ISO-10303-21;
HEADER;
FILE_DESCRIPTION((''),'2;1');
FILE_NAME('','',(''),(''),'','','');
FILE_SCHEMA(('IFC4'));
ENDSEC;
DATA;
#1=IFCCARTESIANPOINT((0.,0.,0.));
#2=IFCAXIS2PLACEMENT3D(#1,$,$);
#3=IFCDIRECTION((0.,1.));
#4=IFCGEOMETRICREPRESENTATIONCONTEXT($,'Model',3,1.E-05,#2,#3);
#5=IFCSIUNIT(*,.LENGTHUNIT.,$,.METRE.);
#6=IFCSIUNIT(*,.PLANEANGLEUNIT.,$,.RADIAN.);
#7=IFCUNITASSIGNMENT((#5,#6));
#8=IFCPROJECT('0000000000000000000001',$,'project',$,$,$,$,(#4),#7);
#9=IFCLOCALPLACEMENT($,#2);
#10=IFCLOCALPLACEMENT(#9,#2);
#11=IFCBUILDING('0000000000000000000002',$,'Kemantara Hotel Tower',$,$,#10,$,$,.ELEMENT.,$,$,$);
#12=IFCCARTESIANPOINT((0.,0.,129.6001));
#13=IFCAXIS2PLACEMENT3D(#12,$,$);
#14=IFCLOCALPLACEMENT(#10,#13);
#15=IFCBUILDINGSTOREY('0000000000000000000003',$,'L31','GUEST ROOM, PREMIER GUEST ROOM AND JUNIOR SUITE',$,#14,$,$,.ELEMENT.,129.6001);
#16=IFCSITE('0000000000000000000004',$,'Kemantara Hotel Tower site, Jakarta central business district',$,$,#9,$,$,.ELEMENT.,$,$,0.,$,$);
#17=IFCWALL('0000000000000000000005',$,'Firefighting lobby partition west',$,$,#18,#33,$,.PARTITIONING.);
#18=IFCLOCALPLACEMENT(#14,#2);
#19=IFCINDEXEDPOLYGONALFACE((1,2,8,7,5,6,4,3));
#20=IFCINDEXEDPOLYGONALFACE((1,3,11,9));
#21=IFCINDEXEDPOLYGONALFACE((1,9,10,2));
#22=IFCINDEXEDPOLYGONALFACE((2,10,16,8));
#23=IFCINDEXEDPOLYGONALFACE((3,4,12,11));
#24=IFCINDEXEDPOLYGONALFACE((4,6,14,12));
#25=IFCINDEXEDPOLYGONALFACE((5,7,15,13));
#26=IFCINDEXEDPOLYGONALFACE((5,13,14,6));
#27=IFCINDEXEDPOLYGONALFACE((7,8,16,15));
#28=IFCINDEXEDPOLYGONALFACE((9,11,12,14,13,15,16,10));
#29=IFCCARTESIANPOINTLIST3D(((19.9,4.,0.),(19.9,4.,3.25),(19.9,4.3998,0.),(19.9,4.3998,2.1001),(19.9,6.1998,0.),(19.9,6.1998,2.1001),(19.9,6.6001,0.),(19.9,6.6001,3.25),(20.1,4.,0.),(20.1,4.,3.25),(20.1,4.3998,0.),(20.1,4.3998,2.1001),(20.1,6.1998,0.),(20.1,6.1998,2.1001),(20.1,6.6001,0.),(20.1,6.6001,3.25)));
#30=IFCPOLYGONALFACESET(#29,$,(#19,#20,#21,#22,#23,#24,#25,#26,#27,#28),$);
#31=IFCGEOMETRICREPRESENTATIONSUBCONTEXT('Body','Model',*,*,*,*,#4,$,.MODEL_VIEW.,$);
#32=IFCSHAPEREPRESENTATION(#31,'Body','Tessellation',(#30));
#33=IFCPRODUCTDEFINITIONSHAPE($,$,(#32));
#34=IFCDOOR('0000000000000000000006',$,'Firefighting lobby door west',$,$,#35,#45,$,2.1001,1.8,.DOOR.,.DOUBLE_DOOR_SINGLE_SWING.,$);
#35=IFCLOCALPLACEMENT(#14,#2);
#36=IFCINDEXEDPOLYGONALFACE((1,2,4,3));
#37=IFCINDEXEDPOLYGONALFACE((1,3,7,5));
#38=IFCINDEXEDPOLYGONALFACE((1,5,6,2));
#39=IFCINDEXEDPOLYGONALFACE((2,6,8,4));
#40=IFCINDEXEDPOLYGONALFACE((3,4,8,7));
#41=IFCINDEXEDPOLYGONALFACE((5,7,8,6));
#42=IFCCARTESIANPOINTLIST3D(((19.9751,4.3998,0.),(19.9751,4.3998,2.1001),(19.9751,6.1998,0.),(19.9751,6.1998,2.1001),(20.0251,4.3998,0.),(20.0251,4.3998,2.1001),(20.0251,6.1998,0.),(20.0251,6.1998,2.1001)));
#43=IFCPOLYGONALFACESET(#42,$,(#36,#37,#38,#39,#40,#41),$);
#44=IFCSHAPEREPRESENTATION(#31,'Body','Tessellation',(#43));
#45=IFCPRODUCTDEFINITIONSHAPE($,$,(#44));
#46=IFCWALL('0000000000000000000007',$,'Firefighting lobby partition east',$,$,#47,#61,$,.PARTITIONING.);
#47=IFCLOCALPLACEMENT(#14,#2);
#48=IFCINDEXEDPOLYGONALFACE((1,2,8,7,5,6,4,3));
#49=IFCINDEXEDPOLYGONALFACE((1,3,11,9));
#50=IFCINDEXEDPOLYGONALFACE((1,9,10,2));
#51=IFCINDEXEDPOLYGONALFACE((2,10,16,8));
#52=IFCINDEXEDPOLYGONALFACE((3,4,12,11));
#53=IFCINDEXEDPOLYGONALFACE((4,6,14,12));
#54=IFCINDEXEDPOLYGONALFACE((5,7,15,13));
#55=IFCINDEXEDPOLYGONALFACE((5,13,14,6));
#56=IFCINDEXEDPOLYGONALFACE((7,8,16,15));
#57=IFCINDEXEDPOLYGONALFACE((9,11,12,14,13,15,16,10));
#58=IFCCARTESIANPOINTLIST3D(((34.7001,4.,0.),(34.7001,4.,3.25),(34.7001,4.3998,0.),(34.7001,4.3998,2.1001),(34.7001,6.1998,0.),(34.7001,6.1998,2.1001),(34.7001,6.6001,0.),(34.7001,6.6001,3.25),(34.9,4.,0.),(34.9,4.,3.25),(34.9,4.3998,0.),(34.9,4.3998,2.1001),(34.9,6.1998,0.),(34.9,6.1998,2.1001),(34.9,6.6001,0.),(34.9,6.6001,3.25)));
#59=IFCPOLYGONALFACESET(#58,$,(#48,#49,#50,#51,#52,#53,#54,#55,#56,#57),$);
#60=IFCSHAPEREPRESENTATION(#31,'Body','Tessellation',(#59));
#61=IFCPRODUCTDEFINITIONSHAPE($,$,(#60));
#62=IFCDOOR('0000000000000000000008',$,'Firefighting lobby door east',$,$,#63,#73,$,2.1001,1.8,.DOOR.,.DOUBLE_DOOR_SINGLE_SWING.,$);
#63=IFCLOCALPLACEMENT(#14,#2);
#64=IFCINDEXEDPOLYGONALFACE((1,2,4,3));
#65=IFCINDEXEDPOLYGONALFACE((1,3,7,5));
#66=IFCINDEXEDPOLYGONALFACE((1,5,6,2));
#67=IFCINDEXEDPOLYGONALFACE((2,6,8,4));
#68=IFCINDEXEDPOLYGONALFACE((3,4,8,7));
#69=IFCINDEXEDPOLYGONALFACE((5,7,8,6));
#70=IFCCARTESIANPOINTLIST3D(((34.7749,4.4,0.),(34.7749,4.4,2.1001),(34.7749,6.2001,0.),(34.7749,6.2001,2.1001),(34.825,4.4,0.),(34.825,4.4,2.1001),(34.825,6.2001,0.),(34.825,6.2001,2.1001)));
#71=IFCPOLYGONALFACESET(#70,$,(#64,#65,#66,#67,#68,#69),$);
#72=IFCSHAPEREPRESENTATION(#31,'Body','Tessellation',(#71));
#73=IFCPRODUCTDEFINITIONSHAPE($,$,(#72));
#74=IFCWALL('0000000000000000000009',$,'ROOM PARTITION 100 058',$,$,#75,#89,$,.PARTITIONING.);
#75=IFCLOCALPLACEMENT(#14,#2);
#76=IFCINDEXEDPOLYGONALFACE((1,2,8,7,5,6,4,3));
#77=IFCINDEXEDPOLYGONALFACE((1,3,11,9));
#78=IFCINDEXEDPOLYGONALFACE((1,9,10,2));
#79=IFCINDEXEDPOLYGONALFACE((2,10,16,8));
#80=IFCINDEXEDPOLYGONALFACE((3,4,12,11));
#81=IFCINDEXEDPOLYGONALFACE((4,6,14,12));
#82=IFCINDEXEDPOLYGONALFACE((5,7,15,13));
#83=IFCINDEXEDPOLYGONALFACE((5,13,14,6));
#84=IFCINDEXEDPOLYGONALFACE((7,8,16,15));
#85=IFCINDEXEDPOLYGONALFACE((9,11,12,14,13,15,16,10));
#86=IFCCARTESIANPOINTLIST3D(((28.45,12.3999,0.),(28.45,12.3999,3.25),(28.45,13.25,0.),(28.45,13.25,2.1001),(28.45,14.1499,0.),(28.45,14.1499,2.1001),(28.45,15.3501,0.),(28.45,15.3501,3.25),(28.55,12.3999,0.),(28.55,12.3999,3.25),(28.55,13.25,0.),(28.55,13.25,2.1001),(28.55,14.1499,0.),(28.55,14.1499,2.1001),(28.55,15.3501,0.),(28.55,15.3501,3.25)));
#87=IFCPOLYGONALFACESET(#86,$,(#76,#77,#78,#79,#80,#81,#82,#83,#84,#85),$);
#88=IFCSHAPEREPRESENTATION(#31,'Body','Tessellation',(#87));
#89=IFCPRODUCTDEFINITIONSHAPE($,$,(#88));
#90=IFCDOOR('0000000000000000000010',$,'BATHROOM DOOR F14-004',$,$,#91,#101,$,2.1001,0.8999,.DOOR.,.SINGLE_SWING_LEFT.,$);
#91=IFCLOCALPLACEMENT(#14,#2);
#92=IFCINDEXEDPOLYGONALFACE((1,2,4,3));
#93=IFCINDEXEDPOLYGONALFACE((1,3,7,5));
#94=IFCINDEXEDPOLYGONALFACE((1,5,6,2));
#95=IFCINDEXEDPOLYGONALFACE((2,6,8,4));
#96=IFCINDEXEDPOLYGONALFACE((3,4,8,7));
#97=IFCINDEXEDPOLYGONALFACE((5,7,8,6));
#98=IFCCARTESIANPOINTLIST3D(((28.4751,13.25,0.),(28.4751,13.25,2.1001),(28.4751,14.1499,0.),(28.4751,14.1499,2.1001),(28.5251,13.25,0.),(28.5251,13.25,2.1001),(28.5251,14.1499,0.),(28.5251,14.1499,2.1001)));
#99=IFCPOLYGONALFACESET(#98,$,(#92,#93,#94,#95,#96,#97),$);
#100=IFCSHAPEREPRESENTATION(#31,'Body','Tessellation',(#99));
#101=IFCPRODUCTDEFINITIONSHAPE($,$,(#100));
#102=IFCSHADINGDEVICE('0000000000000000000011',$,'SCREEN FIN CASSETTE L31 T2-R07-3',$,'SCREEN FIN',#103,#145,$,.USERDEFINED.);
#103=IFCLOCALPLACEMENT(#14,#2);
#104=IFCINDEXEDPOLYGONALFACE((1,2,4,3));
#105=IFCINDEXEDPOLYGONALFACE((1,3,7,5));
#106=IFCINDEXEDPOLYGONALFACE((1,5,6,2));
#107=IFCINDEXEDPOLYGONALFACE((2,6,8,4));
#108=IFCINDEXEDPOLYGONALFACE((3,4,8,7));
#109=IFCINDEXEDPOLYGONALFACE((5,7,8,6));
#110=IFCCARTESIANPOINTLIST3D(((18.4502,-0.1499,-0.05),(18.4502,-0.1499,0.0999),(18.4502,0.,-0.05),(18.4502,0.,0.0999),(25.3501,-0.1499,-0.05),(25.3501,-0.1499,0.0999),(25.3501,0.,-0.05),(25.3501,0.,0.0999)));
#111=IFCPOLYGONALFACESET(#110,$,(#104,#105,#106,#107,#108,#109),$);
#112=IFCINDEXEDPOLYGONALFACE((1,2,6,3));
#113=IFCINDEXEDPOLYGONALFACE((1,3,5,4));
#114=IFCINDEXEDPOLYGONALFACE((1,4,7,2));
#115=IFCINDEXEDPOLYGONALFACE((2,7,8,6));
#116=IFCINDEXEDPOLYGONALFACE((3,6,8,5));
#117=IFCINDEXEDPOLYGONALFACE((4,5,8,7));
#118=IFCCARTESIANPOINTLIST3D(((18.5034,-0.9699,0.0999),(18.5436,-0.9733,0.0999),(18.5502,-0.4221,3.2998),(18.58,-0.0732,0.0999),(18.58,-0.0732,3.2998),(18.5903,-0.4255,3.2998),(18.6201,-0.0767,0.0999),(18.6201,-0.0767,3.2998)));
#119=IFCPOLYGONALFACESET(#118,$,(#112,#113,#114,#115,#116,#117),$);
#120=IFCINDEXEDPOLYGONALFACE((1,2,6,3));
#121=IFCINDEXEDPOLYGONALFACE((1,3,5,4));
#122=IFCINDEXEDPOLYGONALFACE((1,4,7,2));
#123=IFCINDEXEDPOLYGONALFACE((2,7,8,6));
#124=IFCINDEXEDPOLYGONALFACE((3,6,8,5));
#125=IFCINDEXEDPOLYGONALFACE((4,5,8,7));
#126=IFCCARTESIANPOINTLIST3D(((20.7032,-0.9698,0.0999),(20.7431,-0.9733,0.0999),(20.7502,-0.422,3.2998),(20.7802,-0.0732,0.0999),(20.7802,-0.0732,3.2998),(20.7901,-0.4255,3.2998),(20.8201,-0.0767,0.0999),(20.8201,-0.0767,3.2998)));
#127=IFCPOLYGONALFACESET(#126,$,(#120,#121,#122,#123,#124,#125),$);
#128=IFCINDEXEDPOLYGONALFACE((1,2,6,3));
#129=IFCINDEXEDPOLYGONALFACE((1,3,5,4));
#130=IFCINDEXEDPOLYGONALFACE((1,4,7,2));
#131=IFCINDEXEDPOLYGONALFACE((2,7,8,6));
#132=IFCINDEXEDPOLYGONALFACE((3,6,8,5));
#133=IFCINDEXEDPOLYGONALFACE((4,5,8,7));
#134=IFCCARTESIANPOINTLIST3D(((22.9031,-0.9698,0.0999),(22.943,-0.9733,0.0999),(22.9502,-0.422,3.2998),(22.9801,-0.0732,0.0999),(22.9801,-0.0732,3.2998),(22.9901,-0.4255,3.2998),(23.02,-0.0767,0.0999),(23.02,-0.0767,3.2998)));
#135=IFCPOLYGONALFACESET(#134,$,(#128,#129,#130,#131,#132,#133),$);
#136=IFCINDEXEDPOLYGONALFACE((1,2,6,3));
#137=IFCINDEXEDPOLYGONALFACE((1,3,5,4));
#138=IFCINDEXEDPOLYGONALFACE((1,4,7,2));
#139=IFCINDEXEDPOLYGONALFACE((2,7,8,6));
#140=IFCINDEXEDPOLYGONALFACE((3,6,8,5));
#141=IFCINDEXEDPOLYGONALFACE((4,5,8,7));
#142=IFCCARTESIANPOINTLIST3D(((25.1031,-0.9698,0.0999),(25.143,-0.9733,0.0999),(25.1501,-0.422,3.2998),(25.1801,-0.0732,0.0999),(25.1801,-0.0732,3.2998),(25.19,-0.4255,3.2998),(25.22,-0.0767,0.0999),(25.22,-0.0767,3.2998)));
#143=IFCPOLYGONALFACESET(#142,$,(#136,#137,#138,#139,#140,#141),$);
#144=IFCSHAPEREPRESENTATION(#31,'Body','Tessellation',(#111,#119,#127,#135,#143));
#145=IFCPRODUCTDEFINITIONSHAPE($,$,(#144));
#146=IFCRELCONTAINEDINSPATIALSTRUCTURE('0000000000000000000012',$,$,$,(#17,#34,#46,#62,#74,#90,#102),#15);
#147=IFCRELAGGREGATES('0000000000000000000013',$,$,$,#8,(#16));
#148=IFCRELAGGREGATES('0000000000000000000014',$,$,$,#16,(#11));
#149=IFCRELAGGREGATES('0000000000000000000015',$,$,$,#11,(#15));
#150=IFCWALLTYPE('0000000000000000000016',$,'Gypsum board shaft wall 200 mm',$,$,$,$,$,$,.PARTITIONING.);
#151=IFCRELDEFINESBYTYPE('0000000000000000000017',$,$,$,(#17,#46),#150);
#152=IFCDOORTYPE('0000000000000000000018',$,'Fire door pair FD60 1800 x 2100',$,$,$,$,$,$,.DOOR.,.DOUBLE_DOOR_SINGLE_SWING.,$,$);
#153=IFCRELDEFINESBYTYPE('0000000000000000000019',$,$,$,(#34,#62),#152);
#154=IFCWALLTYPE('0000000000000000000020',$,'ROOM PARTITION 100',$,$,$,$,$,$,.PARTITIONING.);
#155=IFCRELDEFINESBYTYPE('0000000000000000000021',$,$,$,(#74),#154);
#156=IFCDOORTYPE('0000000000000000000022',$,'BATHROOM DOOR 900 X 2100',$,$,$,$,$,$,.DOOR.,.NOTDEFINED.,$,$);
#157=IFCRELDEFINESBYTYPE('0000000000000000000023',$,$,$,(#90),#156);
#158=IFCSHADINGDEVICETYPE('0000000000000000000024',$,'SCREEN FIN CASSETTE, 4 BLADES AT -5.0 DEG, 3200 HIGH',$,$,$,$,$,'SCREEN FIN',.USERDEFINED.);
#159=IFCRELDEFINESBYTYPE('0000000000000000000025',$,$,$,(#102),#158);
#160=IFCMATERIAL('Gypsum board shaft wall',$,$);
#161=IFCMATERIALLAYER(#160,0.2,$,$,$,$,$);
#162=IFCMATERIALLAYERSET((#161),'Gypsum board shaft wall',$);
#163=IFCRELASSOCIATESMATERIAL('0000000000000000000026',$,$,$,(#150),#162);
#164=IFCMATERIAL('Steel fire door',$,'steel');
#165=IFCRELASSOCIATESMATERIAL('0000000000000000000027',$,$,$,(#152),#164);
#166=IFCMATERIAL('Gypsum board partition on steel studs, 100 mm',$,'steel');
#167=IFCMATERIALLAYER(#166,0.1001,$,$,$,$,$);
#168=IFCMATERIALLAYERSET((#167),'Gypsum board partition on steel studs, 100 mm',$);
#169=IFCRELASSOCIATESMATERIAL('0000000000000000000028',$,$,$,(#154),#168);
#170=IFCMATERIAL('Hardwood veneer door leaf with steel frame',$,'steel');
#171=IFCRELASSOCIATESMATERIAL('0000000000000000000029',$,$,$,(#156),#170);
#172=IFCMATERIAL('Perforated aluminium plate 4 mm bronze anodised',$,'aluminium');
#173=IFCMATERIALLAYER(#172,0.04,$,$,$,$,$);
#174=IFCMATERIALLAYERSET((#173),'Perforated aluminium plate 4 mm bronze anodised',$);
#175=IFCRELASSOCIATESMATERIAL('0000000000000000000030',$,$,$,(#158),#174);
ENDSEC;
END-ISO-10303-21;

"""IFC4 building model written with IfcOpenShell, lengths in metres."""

from ifc_helpers import new_model, si_unit, direction, frame, frame_2d, origin, origin_2d, place, context, subcontext, project, spatial, polyline, rectangle, outline, extrude, source, transform, mapped, material, layer, layer_set, type_object, element, fill, save


model = new_model("IFC4")

# Units and contexts
model_context = context("Model", 3, precision=1e-05, world=origin(), true_north=direction((0.0, 1.0)))
body_context = subcontext(model_context, "Body", "Model", "MODEL_VIEW")
ifc_project = project(units=[si_unit("LENGTHUNIT", "METRE"), si_unit("PLANEANGLEUNIT", "RADIAN")], contexts=[model_context])

# Site, building, storey
site_placement = place(None, origin())
site = spatial("IfcSite", under=ifc_project, at=site_placement, Name="Kemantara Hotel Tower site, Jakarta central business district", CompositionType="ELEMENT", RefElevation=0.0)
building_placement = place(site_placement, origin())
building = spatial("IfcBuilding", under=site, at=building_placement, Name="Kemantara Hotel Tower", CompositionType="ELEMENT")
storey_placement = place(building_placement, frame((0.0, 0.0, 129.6001)))
storey = spatial("IfcBuildingStorey", under=building, at=storey_placement, Name="L31", Description="GUEST ROOM, PREMIER GUEST ROOM AND JUNIOR SUITE", CompositionType="ELEMENT", Elevation=129.6001)

# Shared definitions
ifc_material_1 = material(Name="Steel fire door", Category="steel")

# Shared definitions
ifc_material_2 = material(Name="Hardwood veneer door leaf with steel frame", Category="steel")

# Walls, openings, doors
ifc_material_3 = material(Name="Gypsum board shaft wall")
ifc_layer_1 = layer(ifc_material_3, 0.2)
ifc_layer_set_1 = layer_set([ifc_layer_1], Name="Gypsum board shaft wall")
wall_type_1 = type_object("IfcWallType", Name="Gypsum board shaft wall 200 mm", PredefinedType="PARTITIONING", material=ifc_layer_set_1)
wall_1_placement = place(storey_placement, frame((20.0, 4.0, 0.0), z_axis=(0.0, 0.0, 1.0), x_axis=(0.0, 1.0, 0.0)))
wall_1 = element("IfcWall", 1, at=wall_1_placement, inside=storey, type_object=wall_type_1, Name="Firefighting lobby partition west", PredefinedType="PARTITIONING", context=body_context, shape_type="SweptSolid", body=[
    extrude(rectangle(XDim=2.6001, YDim=0.2, at=frame_2d((1.3, 0.0))), origin(), (0.0, 0.0, 1.0), 3.25),
])
opening_1_placement = place(wall_1_placement, frame((0.3999, 0.0, 0.0)))
opening_1 = element("IfcOpeningElement", 2, at=opening_1_placement, cuts=wall_1, PredefinedType="OPENING", context=body_context, shape_type="SweptSolid", body=[
    extrude(rectangle(XDim=1.8, YDim=2.1001, at=frame_2d((0.8999, 1.05))), frame((0.0, 0.1099, 0.0), z_axis=(0.0, -1.0, 0.0), x_axis=(1.0, 0.0, 0.0)), (0.0, 0.0, 1.0), 0.22),
])
door_type_1 = type_object("IfcDoorType", Name="Fire door pair FD60 1800 x 2100", OperationType="DOUBLE_DOOR_SINGLE_SWING", PredefinedType="DOOR", material=ifc_material_1)
door_1_placement = place(opening_1_placement, origin())
door_1 = element("IfcDoor", 3, at=door_1_placement, inside=storey, type_object=door_type_1, Name="Firefighting lobby door west", OperationType="DOUBLE_DOOR_SINGLE_SWING", OverallHeight=2.1001, OverallWidth=1.8, PredefinedType="DOOR", context=body_context, shape_type="SweptSolid", body=[
    extrude(rectangle(XDim=1.8, YDim=2.1001, at=frame_2d((0.8999, 1.05))), frame((0.0, 0.0249, 0.0), z_axis=(0.0, -1.0, 0.0), x_axis=(1.0, 0.0, 0.0)), (0.0, 0.0, 1.0), 0.05),
])
fill(opening_1, door_1)
wall_2_placement = place(storey_placement, frame((34.8, 4.0, 0.0), z_axis=(0.0, 0.0, 1.0), x_axis=(0.0, 1.0, 0.0)))
wall_2 = element("IfcWall", 4, at=wall_2_placement, inside=storey, type_object=wall_type_1, Name="Firefighting lobby partition east", PredefinedType="PARTITIONING", context=body_context, shape_type="SweptSolid", body=[
    extrude(rectangle(XDim=2.6001, YDim=0.2, at=frame_2d((1.3, 0.0))), origin(), (0.0, 0.0, 1.0), 3.25),
])
opening_2_placement = place(wall_2_placement, frame((0.3999, 0.0, 0.0)))
opening_2 = element("IfcOpeningElement", 5, at=opening_2_placement, cuts=wall_2, PredefinedType="OPENING", context=body_context, shape_type="SweptSolid", body=[
    extrude(rectangle(XDim=1.8, YDim=2.1001, at=frame_2d((0.8999, 1.05))), frame((0.0, 0.1099, 0.0), z_axis=(0.0, -1.0, 0.0), x_axis=(1.0, 0.0, 0.0)), (0.0, 0.0, 1.0), 0.22),
])
door_2_placement = place(opening_2_placement, frame((1.8, 0.0, 0.0), z_axis=(0.0, 0.0, 1.0), x_axis=(-1.0, 0.0, 0.0)))
door_2 = element("IfcDoor", 6, at=door_2_placement, inside=storey, type_object=door_type_1, Name="Firefighting lobby door east", OperationType="DOUBLE_DOOR_SINGLE_SWING", OverallHeight=2.1001, OverallWidth=1.8, PredefinedType="DOOR", context=body_context, shape_type="SweptSolid", body=[
    extrude(rectangle(XDim=1.8, YDim=2.1001, at=frame_2d((0.8999, 1.05))), frame((0.0, 0.0249, 0.0), z_axis=(0.0, -1.0, 0.0), x_axis=(1.0, 0.0, 0.0)), (0.0, 0.0, 1.0), 0.05),
])
fill(opening_2, door_2)
ifc_material_4 = material(Name="Gypsum board partition on steel studs, 100 mm", Category="steel")
ifc_layer_2 = layer(ifc_material_4, 0.1001)
ifc_layer_set_2 = layer_set([ifc_layer_2], Name="Gypsum board partition on steel studs, 100 mm")
wall_type_2 = type_object("IfcWallType", Name="ROOM PARTITION 100", PredefinedType="PARTITIONING", material=ifc_layer_set_2)
wall_3_placement = place(storey_placement, frame((28.5, 12.3999, 0.0), z_axis=(0.0, 0.0, 1.0), x_axis=(0.0, 1.0, 0.0)))
wall_3 = element("IfcWall", 7, at=wall_3_placement, inside=storey, type_object=wall_type_2, Name="ROOM PARTITION 100 058", PredefinedType="PARTITIONING", context=body_context, shape_type="SweptSolid", body=[
    extrude(rectangle(XDim=2.9502, YDim=0.1001, at=frame_2d((1.4751, 0.0))), origin(), (0.0, 0.0, 1.0), 3.25),
])
opening_3_placement = place(wall_3_placement, frame((0.8501, 0.0, 0.0)))
opening_3 = element("IfcOpeningElement", 8, at=opening_3_placement, cuts=wall_3, PredefinedType="OPENING", context=body_context, shape_type="SweptSolid", body=[
    extrude(rectangle(XDim=0.8999, YDim=2.1001, at=frame_2d((0.45, 1.05))), frame((0.0, 0.0601, 0.0), z_axis=(0.0, -1.0, 0.0), x_axis=(1.0, 0.0, 0.0)), (0.0, 0.0, 1.0), 0.1201),
])
door_type_2 = type_object("IfcDoorType", Name="BATHROOM DOOR 900 X 2100", OperationType="NOTDEFINED", PredefinedType="DOOR", material=ifc_material_2)
door_3_placement = place(opening_3_placement, origin())
door_3 = element("IfcDoor", 9, at=door_3_placement, inside=storey, type_object=door_type_2, Name="BATHROOM DOOR F14-004", OperationType="SINGLE_SWING_LEFT", OverallHeight=2.1001, OverallWidth=0.8999, PredefinedType="DOOR", context=body_context, shape_type="SweptSolid", body=[
    extrude(rectangle(XDim=0.8999, YDim=2.1001, at=frame_2d((0.45, 1.05))), frame((0.0, 0.0249, 0.0), z_axis=(0.0, -1.0, 0.0), x_axis=(1.0, 0.0, 0.0)), (0.0, 0.0, 1.0), 0.05),
])
fill(opening_3, door_3)

# Shading device
ifc_material_5 = material(Name="Perforated aluminium plate 4 mm bronze anodised", Category="aluminium")
ifc_layer_3 = layer(ifc_material_5, 0.04)
ifc_layer_set_3 = layer_set([ifc_layer_3], Name="Perforated aluminium plate 4 mm bronze anodised")
shading_device_type_1 = type_object("IfcShadingDeviceType", Name="SCREEN FIN CASSETTE, 4 BLADES AT -5.0 DEG, 3200 HIGH", ElementType="SCREEN FIN", PredefinedType="USERDEFINED", material=ifc_layer_set_3)
shared_shape_1 = source(origin(), body_context, "Body", "SweptSolid", [
    extrude(rectangle(XDim=6.8999, YDim=0.1499, at=origin_2d()), frame((3.3, -0.075, -0.1499), z_axis=(0.0, 0.0, 1.0), x_axis=(1.0, 0.0, 0.0)), (0.0, 0.0, 1.0), 0.1499),
    extrude(outline(polyline([(0.0, 0.0), (0.8999, 0.0), (0.3501, 3.2), (0.0, 3.2), (0.0, 0.0)])), frame((0.02, -0.0767, 0.0), z_axis=(-0.996376, 0.085056, 0.0), x_axis=(-0.085056, -0.996376, 0.0)), (0.0, 0.0, 1.0), 0.0403),
    extrude(outline(polyline([(0.0, 0.0), (0.8999, 0.0), (0.3501, 3.2), (0.0, 3.2), (0.0, 0.0)])), frame((2.22, -0.0767, 0.0), z_axis=(-0.996332, 0.085575, 0.0), x_axis=(-0.085575, -0.996332, 0.0)), (0.0, 0.0, 1.0), 0.04),
    extrude(outline(polyline([(0.0, 0.0), (0.8999, 0.0), (0.3501, 3.2), (0.0, 3.2), (0.0, 0.0)])), frame((4.4199, -0.0767, 0.0), z_axis=(-0.996332, 0.085575, 0.0), x_axis=(-0.085575, -0.996332, 0.0)), (0.0, 0.0, 1.0), 0.04),
    extrude(outline(polyline([(0.0, 0.0), (0.8999, 0.0), (0.3501, 3.2), (0.0, 3.2), (0.0, 0.0)])), frame((6.6199, -0.0767, 0.0), z_axis=(-0.996332, 0.085575, 0.0), x_axis=(-0.085575, -0.996332, 0.0)), (0.0, 0.0, 1.0), 0.04),
])
shading_device_1_placement = place(storey_placement, frame((18.6001, 0.0, 0.0999), z_axis=(0.0, 0.0, 1.0), x_axis=(1.0, 0.0, 0.0)))
element("IfcShadingDevice", 10, at=shading_device_1_placement, inside=storey, type_object=shading_device_type_1, Name="SCREEN FIN CASSETTE L31 T2-R07-3", ObjectType="SCREEN FIN", PredefinedType="USERDEFINED", context=body_context, shape_type="MappedRepresentation", body=[
    mapped(shared_shape_1, transform((0.0, 0.0, 0.0))),
])

save(model, "model.ifc")
